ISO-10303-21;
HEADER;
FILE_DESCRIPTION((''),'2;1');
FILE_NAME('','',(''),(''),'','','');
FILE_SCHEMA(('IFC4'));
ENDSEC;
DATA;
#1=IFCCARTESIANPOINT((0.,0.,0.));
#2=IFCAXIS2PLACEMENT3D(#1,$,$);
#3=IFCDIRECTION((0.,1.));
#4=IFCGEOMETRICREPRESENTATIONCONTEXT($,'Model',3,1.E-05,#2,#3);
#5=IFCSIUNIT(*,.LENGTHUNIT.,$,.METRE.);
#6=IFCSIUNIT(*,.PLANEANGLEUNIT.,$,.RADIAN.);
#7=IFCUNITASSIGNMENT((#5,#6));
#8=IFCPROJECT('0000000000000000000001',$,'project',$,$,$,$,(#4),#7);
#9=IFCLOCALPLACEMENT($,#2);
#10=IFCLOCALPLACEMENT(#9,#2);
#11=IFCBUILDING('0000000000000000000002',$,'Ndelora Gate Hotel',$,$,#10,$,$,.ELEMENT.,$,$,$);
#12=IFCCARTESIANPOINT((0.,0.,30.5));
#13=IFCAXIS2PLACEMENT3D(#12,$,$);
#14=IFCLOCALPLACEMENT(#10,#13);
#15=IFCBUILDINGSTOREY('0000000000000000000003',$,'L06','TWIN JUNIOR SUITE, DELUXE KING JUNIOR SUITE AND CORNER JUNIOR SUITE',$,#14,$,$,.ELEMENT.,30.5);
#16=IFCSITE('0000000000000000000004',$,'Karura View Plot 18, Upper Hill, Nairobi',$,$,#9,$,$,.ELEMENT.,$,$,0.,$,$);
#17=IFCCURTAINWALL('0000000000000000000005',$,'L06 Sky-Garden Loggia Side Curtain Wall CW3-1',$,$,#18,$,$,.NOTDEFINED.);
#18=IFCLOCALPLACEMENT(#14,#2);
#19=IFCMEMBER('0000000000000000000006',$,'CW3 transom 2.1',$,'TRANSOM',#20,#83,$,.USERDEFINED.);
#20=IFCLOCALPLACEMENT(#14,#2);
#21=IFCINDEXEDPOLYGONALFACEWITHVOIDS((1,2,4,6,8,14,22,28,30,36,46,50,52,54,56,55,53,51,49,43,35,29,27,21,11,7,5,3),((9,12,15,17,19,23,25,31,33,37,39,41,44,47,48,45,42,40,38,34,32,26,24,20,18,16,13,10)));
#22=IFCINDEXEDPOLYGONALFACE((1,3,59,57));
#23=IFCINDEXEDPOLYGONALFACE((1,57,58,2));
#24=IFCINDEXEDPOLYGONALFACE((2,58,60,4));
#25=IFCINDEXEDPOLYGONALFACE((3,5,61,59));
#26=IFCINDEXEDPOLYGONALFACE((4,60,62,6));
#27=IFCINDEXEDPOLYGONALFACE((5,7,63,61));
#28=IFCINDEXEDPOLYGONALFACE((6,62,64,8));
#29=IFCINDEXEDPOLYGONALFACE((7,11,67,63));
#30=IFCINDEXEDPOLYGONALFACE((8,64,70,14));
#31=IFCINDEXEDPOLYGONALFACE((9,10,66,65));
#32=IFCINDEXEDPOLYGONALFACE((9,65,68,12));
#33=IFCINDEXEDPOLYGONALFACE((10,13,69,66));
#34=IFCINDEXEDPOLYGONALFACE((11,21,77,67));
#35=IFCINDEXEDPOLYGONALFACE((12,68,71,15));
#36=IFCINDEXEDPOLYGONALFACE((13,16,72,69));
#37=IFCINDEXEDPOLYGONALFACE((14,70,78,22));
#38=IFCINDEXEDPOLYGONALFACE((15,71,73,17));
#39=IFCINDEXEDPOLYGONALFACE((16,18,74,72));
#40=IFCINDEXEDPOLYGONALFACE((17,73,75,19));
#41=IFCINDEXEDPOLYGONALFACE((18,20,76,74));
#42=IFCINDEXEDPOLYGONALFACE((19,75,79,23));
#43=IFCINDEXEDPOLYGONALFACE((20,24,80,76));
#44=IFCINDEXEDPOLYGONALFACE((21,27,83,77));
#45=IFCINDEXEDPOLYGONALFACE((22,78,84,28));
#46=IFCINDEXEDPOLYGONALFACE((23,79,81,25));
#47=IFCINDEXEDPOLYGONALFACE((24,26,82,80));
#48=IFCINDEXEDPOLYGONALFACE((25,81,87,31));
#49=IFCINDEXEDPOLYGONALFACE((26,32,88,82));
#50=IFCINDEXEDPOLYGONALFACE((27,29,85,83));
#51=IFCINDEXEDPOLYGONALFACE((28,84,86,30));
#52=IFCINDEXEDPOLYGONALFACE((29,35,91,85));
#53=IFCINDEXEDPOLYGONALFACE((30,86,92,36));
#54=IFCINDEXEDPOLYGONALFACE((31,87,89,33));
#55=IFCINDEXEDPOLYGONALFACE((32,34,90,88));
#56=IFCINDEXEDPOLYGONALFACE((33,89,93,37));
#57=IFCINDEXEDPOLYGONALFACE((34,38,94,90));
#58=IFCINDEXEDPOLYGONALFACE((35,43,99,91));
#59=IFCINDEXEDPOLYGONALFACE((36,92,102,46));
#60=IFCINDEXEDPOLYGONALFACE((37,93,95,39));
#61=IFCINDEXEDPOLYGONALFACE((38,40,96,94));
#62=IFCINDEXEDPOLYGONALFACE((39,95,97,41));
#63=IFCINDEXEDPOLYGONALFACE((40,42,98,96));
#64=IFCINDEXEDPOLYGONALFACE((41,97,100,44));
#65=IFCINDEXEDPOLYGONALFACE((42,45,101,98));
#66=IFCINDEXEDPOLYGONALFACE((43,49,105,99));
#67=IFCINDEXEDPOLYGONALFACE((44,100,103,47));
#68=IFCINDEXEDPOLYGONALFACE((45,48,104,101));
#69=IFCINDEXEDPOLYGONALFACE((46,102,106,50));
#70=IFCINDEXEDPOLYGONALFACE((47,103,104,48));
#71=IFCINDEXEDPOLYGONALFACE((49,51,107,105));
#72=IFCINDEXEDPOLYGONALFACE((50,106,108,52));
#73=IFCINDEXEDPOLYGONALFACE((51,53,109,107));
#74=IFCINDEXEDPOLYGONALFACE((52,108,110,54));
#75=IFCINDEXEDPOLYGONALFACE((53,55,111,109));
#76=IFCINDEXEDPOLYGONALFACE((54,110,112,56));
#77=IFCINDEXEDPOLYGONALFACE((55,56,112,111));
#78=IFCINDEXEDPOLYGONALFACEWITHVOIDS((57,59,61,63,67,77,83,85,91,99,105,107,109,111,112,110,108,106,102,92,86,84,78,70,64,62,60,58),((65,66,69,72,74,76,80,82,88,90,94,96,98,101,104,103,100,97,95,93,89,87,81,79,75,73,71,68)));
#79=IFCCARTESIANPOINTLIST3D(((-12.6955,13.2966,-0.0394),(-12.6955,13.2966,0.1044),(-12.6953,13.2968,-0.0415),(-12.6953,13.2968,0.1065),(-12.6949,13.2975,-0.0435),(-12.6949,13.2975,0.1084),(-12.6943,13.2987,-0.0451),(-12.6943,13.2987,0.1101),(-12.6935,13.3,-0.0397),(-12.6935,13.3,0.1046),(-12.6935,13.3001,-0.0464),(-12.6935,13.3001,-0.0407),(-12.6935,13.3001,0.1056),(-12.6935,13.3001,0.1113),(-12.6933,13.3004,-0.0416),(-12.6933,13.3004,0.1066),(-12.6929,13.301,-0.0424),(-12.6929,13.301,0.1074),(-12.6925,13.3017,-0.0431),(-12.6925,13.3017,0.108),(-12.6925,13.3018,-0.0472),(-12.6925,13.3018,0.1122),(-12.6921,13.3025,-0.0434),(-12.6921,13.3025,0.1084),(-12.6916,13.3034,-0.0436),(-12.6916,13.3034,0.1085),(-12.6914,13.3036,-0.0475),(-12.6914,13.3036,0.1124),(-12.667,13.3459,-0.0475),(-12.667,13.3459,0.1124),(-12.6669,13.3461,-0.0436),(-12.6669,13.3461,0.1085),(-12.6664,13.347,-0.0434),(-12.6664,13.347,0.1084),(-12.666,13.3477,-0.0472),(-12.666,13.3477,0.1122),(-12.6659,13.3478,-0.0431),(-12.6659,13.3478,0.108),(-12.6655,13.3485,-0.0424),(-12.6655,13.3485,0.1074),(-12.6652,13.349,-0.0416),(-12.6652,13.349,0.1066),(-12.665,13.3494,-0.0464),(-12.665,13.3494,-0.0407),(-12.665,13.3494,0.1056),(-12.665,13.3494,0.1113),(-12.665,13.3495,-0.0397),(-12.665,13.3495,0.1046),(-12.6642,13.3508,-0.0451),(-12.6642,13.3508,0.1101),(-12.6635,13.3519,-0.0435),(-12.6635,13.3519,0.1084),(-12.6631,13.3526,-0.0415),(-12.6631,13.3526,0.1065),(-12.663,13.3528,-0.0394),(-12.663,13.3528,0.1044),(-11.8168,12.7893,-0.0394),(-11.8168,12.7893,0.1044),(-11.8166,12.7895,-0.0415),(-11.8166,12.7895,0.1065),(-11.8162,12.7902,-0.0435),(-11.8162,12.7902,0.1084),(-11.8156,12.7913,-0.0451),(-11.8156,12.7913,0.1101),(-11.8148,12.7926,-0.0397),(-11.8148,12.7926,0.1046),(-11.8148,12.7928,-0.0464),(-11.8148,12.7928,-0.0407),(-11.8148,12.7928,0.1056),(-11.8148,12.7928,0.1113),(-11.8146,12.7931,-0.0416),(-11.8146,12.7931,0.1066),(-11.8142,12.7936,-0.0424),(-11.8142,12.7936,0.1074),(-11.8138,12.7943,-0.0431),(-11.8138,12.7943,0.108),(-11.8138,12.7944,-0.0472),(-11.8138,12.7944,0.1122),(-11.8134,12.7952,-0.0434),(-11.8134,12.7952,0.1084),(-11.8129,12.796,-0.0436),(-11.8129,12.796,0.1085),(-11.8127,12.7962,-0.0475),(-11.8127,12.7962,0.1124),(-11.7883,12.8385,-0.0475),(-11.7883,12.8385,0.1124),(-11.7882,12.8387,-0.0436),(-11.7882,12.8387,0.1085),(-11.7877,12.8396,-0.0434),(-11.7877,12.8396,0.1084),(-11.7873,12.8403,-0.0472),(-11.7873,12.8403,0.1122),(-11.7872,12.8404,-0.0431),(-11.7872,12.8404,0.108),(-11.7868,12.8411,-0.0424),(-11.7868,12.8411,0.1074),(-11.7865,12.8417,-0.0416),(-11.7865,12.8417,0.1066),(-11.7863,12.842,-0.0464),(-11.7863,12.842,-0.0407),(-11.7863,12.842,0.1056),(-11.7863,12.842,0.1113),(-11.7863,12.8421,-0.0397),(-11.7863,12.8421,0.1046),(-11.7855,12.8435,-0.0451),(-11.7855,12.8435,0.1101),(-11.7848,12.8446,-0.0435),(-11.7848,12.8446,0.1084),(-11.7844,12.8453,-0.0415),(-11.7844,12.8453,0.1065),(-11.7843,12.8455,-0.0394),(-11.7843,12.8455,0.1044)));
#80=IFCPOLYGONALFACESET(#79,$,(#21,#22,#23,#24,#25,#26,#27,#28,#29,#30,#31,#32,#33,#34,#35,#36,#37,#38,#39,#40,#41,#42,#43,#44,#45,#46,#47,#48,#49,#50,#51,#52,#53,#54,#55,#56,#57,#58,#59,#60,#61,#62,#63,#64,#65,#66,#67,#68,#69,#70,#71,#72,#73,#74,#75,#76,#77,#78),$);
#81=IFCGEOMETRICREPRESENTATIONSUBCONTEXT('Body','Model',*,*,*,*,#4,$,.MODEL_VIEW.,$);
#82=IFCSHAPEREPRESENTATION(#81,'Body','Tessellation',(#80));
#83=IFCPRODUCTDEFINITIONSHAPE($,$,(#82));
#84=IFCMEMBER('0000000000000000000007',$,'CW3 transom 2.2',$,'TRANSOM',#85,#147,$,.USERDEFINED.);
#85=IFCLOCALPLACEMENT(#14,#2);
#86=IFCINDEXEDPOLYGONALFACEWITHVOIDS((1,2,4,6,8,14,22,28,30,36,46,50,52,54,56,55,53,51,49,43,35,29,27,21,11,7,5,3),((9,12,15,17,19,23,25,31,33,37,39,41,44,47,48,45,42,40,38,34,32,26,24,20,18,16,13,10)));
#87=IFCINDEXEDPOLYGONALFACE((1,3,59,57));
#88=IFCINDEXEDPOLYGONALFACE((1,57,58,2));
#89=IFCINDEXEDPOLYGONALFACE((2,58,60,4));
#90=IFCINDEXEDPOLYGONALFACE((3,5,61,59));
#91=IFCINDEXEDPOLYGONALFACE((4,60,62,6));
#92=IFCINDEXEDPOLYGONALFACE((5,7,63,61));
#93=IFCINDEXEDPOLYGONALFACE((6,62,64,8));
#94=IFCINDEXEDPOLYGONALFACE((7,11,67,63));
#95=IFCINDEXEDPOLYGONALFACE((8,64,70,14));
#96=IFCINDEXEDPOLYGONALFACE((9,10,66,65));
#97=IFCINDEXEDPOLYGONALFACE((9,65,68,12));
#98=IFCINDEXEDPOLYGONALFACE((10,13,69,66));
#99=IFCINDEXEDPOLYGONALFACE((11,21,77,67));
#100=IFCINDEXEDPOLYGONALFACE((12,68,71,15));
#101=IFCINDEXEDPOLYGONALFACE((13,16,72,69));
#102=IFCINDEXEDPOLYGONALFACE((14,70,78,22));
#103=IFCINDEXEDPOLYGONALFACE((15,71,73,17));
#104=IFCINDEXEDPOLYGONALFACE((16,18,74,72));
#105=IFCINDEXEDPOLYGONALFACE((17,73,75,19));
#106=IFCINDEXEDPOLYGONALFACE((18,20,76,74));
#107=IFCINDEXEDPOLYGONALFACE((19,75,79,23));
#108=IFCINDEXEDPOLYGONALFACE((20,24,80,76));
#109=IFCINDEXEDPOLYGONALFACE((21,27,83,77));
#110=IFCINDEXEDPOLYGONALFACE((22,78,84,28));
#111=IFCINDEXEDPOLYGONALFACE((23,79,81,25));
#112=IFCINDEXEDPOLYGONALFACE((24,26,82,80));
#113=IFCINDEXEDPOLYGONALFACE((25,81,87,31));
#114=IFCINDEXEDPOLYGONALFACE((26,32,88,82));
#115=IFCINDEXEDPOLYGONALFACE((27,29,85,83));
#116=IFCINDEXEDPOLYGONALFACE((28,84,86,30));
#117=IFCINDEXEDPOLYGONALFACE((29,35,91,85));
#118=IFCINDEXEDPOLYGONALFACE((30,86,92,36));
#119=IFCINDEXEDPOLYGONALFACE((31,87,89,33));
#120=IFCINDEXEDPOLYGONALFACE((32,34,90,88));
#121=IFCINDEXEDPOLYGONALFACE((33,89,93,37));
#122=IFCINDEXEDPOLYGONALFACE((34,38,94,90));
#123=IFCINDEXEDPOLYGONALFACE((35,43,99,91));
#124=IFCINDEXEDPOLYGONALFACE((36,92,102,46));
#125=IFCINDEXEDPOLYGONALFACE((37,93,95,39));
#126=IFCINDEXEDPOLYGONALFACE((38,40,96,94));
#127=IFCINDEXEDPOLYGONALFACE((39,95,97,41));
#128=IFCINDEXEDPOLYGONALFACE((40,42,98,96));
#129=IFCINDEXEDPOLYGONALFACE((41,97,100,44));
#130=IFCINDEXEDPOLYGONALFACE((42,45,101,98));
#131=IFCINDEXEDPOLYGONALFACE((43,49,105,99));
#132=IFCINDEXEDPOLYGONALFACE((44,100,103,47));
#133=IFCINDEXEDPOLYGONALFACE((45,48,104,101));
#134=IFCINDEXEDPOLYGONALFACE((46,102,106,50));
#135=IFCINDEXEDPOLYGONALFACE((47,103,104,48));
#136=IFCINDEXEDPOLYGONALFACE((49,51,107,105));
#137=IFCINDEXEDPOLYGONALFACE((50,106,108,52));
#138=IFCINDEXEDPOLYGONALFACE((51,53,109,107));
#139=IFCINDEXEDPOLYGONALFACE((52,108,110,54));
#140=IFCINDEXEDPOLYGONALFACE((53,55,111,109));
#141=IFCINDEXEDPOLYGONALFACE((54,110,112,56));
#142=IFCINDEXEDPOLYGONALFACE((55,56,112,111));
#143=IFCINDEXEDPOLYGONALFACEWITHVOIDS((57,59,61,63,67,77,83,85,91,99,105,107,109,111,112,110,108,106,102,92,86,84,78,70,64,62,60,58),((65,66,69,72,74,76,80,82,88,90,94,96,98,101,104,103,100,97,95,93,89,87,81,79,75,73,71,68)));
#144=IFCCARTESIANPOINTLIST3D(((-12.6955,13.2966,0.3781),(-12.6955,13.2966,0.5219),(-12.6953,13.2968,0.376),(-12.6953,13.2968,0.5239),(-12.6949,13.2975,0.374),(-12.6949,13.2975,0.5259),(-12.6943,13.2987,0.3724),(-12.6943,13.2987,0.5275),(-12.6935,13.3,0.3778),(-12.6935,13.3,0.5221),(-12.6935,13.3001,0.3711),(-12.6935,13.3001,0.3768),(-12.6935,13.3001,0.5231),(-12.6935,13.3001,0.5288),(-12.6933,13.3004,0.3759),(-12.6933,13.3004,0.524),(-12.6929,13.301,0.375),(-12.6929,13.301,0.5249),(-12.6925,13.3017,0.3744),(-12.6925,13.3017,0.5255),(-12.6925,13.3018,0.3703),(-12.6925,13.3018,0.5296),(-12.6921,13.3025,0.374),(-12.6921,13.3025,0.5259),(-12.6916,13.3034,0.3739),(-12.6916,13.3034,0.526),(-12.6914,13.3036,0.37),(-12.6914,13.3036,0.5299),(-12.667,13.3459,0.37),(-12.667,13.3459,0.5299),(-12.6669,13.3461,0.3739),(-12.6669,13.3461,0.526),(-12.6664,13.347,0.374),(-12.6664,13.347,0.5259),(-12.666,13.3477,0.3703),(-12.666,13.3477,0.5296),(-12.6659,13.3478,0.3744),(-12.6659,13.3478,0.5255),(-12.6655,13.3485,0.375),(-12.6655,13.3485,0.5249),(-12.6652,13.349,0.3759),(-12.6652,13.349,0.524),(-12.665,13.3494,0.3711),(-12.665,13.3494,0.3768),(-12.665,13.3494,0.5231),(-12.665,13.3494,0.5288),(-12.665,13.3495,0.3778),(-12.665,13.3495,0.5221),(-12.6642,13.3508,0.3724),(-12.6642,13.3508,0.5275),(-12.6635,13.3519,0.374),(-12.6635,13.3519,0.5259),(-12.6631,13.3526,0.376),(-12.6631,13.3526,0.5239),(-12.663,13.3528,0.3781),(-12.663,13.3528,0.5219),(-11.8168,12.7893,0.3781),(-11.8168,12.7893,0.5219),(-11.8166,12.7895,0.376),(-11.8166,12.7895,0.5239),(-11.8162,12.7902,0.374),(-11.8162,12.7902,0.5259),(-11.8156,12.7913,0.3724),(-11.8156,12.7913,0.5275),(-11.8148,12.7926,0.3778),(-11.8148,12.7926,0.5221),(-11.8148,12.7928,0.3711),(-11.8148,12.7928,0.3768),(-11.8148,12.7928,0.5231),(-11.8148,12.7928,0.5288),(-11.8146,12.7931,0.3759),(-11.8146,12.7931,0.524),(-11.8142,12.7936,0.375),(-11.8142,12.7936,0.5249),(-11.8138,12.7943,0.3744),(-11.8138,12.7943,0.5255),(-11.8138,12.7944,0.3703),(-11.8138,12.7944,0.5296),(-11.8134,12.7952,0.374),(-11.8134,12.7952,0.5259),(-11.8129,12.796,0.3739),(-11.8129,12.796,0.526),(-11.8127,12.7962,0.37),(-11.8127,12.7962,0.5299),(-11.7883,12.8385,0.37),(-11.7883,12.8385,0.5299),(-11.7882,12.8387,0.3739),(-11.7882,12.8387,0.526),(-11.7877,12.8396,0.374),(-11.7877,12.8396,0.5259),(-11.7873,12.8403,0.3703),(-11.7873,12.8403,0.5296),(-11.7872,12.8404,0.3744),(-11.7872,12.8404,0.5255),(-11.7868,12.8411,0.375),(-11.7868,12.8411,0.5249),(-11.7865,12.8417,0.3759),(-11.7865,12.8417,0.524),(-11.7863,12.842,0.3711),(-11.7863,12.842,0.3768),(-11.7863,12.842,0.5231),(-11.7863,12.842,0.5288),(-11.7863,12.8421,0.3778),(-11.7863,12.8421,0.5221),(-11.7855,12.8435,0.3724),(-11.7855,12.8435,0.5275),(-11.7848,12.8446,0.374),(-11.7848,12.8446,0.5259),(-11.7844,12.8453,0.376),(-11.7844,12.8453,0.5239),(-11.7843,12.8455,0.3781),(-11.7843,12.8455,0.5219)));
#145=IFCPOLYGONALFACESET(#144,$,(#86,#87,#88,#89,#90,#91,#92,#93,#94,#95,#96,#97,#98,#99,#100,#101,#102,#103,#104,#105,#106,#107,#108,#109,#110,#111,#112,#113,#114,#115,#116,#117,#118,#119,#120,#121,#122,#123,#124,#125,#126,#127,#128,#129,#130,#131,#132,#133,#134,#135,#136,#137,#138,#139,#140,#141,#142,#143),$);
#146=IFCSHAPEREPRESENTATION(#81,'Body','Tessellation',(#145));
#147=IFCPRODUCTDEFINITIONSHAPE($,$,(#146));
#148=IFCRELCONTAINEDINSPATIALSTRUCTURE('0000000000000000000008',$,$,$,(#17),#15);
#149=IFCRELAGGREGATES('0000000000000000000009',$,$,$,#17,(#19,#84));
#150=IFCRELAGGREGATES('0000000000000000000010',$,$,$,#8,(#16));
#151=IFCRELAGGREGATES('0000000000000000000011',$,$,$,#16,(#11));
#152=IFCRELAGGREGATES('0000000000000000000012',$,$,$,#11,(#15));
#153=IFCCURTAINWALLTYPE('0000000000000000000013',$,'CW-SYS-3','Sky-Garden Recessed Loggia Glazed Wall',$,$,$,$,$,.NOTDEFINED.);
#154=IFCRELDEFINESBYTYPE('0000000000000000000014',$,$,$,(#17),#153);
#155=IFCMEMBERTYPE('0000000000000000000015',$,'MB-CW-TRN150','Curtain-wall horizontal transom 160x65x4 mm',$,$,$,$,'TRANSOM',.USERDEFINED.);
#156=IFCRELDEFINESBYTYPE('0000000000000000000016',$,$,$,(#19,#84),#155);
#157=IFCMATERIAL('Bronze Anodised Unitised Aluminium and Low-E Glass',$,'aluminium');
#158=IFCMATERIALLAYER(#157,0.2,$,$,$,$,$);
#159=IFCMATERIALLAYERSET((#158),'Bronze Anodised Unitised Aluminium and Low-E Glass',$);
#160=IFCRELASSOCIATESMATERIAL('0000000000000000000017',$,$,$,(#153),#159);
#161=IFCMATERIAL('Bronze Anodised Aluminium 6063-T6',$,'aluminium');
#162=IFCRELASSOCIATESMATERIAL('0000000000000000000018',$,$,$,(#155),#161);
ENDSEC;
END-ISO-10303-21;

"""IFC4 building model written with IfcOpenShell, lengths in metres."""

from ifc_helpers import new_model, si_unit, direction, frame, origin, origin_2d, place, context, subcontext, project, spatial, hollow_rectangle, extrude, material, layer, layer_set, material_profile, profile_set, type_object, element, aggregate, save


model = new_model("IFC4")

# Units and contexts
model_context = context("Model", 3, precision=1e-05, world=origin(), true_north=direction((0.0, 1.0)))
body_context = subcontext(model_context, "Body", "Model", "MODEL_VIEW")
ifc_project = project(units=[si_unit("LENGTHUNIT", "METRE"), si_unit("PLANEANGLEUNIT", "RADIAN")], contexts=[model_context])

# Site, building, storey
site_placement = place(None, origin())
site = spatial("IfcSite", under=ifc_project, at=site_placement, Name="Karura View Plot 18, Upper Hill, Nairobi", CompositionType="ELEMENT", RefElevation=0.0)
building_placement = place(site_placement, origin())
building = spatial("IfcBuilding", under=site, at=building_placement, Name="Ndelora Gate Hotel", CompositionType="ELEMENT")
storey_placement = place(building_placement, frame((0.0, 0.0, 30.5)))
storey = spatial("IfcBuildingStorey", under=building, at=storey_placement, Name="L06", Description="TWIN JUNIOR SUITE, DELUXE KING JUNIOR SUITE AND CORNER JUNIOR SUITE", CompositionType="ELEMENT", Elevation=30.5)

# Curtain wall, members
ifc_material_1 = material(Name="Bronze Anodised Unitised Aluminium and Low-E Glass", Category="aluminium")
ifc_layer_1 = layer(ifc_material_1, 0.2)
ifc_layer_set_1 = layer_set([ifc_layer_1], Name="Bronze Anodised Unitised Aluminium and Low-E Glass")
curtain_wall_type = type_object("IfcCurtainWallType", Name="CW-SYS-3", Description="Sky-Garden Recessed Loggia Glazed Wall", PredefinedType="NOTDEFINED", material=ifc_layer_set_1)
curtain_wall_placement = place(storey_placement, origin())
curtain_wall = element("IfcCurtainWall", 1, at=curtain_wall_placement, inside=storey, type_object=curtain_wall_type, Name="L06 Sky-Garden Loggia Side Curtain Wall CW3-1", PredefinedType="NOTDEFINED")
ifc_material_2 = material(Name="Bronze Anodised Aluminium 6063-T6", Category="aluminium")
ifc_material_profile_1 = material_profile(ifc_material_2, hollow_rectangle(XDim=0.0649, YDim=0.1599, WallThickness=0.0039, InnerFilletRadius=0.0039, OuterFilletRadius=0.0081, at=origin_2d()), Name="ALU 160x65x4")
ifc_profile_set_1 = profile_set([ifc_material_profile_1], Name="Bronze Anodised Aluminium 6063-T6")
member_type_1 = type_object("IfcMemberType", Name="MB-CW-TRN150", Description="Curtain-wall horizontal transom 160x65x4 mm", ElementType="TRANSOM", PredefinedType="USERDEFINED", material=ifc_profile_set_1)
member_1_placement = place(storey_placement, frame((-11.8005, 12.8174, 0.0325), z_axis=(-0.866013, 0.500021, 0.0), x_axis=(-0.500021, -0.866013, 0.0)))
member_1 = element("IfcMember", 2, at=member_1_placement, type_object=member_type_1, Name="CW3 transom 2.1", ObjectType="TRANSOM", PredefinedType="USERDEFINED", context=body_context, shape_type="SweptSolid", body=[
    extrude(hollow_rectangle(XDim=0.0649, YDim=0.1599, WallThickness=0.0039, InnerFilletRadius=0.0039, OuterFilletRadius=0.0081, at=origin_2d()), origin(), (0.0, 0.0, 1.0), 1.0146),
])
member_2_placement = place(storey_placement, frame((-11.8005, 12.8174, 0.45), z_axis=(-0.866013, 0.500021, 0.0), x_axis=(-0.500021, -0.866013, 0.0)))
member_2 = element("IfcMember", 3, at=member_2_placement, type_object=member_type_1, Name="CW3 transom 2.2", ObjectType="TRANSOM", PredefinedType="USERDEFINED", context=body_context, shape_type="SweptSolid", body=[
    extrude(hollow_rectangle(XDim=0.0649, YDim=0.1599, WallThickness=0.0039, InnerFilletRadius=0.0039, OuterFilletRadius=0.0081, at=origin_2d()), origin(), (0.0, 0.0, 1.0), 1.0146),
])
aggregate(curtain_wall, [member_1, member_2])

save(model, "model.ifc")
